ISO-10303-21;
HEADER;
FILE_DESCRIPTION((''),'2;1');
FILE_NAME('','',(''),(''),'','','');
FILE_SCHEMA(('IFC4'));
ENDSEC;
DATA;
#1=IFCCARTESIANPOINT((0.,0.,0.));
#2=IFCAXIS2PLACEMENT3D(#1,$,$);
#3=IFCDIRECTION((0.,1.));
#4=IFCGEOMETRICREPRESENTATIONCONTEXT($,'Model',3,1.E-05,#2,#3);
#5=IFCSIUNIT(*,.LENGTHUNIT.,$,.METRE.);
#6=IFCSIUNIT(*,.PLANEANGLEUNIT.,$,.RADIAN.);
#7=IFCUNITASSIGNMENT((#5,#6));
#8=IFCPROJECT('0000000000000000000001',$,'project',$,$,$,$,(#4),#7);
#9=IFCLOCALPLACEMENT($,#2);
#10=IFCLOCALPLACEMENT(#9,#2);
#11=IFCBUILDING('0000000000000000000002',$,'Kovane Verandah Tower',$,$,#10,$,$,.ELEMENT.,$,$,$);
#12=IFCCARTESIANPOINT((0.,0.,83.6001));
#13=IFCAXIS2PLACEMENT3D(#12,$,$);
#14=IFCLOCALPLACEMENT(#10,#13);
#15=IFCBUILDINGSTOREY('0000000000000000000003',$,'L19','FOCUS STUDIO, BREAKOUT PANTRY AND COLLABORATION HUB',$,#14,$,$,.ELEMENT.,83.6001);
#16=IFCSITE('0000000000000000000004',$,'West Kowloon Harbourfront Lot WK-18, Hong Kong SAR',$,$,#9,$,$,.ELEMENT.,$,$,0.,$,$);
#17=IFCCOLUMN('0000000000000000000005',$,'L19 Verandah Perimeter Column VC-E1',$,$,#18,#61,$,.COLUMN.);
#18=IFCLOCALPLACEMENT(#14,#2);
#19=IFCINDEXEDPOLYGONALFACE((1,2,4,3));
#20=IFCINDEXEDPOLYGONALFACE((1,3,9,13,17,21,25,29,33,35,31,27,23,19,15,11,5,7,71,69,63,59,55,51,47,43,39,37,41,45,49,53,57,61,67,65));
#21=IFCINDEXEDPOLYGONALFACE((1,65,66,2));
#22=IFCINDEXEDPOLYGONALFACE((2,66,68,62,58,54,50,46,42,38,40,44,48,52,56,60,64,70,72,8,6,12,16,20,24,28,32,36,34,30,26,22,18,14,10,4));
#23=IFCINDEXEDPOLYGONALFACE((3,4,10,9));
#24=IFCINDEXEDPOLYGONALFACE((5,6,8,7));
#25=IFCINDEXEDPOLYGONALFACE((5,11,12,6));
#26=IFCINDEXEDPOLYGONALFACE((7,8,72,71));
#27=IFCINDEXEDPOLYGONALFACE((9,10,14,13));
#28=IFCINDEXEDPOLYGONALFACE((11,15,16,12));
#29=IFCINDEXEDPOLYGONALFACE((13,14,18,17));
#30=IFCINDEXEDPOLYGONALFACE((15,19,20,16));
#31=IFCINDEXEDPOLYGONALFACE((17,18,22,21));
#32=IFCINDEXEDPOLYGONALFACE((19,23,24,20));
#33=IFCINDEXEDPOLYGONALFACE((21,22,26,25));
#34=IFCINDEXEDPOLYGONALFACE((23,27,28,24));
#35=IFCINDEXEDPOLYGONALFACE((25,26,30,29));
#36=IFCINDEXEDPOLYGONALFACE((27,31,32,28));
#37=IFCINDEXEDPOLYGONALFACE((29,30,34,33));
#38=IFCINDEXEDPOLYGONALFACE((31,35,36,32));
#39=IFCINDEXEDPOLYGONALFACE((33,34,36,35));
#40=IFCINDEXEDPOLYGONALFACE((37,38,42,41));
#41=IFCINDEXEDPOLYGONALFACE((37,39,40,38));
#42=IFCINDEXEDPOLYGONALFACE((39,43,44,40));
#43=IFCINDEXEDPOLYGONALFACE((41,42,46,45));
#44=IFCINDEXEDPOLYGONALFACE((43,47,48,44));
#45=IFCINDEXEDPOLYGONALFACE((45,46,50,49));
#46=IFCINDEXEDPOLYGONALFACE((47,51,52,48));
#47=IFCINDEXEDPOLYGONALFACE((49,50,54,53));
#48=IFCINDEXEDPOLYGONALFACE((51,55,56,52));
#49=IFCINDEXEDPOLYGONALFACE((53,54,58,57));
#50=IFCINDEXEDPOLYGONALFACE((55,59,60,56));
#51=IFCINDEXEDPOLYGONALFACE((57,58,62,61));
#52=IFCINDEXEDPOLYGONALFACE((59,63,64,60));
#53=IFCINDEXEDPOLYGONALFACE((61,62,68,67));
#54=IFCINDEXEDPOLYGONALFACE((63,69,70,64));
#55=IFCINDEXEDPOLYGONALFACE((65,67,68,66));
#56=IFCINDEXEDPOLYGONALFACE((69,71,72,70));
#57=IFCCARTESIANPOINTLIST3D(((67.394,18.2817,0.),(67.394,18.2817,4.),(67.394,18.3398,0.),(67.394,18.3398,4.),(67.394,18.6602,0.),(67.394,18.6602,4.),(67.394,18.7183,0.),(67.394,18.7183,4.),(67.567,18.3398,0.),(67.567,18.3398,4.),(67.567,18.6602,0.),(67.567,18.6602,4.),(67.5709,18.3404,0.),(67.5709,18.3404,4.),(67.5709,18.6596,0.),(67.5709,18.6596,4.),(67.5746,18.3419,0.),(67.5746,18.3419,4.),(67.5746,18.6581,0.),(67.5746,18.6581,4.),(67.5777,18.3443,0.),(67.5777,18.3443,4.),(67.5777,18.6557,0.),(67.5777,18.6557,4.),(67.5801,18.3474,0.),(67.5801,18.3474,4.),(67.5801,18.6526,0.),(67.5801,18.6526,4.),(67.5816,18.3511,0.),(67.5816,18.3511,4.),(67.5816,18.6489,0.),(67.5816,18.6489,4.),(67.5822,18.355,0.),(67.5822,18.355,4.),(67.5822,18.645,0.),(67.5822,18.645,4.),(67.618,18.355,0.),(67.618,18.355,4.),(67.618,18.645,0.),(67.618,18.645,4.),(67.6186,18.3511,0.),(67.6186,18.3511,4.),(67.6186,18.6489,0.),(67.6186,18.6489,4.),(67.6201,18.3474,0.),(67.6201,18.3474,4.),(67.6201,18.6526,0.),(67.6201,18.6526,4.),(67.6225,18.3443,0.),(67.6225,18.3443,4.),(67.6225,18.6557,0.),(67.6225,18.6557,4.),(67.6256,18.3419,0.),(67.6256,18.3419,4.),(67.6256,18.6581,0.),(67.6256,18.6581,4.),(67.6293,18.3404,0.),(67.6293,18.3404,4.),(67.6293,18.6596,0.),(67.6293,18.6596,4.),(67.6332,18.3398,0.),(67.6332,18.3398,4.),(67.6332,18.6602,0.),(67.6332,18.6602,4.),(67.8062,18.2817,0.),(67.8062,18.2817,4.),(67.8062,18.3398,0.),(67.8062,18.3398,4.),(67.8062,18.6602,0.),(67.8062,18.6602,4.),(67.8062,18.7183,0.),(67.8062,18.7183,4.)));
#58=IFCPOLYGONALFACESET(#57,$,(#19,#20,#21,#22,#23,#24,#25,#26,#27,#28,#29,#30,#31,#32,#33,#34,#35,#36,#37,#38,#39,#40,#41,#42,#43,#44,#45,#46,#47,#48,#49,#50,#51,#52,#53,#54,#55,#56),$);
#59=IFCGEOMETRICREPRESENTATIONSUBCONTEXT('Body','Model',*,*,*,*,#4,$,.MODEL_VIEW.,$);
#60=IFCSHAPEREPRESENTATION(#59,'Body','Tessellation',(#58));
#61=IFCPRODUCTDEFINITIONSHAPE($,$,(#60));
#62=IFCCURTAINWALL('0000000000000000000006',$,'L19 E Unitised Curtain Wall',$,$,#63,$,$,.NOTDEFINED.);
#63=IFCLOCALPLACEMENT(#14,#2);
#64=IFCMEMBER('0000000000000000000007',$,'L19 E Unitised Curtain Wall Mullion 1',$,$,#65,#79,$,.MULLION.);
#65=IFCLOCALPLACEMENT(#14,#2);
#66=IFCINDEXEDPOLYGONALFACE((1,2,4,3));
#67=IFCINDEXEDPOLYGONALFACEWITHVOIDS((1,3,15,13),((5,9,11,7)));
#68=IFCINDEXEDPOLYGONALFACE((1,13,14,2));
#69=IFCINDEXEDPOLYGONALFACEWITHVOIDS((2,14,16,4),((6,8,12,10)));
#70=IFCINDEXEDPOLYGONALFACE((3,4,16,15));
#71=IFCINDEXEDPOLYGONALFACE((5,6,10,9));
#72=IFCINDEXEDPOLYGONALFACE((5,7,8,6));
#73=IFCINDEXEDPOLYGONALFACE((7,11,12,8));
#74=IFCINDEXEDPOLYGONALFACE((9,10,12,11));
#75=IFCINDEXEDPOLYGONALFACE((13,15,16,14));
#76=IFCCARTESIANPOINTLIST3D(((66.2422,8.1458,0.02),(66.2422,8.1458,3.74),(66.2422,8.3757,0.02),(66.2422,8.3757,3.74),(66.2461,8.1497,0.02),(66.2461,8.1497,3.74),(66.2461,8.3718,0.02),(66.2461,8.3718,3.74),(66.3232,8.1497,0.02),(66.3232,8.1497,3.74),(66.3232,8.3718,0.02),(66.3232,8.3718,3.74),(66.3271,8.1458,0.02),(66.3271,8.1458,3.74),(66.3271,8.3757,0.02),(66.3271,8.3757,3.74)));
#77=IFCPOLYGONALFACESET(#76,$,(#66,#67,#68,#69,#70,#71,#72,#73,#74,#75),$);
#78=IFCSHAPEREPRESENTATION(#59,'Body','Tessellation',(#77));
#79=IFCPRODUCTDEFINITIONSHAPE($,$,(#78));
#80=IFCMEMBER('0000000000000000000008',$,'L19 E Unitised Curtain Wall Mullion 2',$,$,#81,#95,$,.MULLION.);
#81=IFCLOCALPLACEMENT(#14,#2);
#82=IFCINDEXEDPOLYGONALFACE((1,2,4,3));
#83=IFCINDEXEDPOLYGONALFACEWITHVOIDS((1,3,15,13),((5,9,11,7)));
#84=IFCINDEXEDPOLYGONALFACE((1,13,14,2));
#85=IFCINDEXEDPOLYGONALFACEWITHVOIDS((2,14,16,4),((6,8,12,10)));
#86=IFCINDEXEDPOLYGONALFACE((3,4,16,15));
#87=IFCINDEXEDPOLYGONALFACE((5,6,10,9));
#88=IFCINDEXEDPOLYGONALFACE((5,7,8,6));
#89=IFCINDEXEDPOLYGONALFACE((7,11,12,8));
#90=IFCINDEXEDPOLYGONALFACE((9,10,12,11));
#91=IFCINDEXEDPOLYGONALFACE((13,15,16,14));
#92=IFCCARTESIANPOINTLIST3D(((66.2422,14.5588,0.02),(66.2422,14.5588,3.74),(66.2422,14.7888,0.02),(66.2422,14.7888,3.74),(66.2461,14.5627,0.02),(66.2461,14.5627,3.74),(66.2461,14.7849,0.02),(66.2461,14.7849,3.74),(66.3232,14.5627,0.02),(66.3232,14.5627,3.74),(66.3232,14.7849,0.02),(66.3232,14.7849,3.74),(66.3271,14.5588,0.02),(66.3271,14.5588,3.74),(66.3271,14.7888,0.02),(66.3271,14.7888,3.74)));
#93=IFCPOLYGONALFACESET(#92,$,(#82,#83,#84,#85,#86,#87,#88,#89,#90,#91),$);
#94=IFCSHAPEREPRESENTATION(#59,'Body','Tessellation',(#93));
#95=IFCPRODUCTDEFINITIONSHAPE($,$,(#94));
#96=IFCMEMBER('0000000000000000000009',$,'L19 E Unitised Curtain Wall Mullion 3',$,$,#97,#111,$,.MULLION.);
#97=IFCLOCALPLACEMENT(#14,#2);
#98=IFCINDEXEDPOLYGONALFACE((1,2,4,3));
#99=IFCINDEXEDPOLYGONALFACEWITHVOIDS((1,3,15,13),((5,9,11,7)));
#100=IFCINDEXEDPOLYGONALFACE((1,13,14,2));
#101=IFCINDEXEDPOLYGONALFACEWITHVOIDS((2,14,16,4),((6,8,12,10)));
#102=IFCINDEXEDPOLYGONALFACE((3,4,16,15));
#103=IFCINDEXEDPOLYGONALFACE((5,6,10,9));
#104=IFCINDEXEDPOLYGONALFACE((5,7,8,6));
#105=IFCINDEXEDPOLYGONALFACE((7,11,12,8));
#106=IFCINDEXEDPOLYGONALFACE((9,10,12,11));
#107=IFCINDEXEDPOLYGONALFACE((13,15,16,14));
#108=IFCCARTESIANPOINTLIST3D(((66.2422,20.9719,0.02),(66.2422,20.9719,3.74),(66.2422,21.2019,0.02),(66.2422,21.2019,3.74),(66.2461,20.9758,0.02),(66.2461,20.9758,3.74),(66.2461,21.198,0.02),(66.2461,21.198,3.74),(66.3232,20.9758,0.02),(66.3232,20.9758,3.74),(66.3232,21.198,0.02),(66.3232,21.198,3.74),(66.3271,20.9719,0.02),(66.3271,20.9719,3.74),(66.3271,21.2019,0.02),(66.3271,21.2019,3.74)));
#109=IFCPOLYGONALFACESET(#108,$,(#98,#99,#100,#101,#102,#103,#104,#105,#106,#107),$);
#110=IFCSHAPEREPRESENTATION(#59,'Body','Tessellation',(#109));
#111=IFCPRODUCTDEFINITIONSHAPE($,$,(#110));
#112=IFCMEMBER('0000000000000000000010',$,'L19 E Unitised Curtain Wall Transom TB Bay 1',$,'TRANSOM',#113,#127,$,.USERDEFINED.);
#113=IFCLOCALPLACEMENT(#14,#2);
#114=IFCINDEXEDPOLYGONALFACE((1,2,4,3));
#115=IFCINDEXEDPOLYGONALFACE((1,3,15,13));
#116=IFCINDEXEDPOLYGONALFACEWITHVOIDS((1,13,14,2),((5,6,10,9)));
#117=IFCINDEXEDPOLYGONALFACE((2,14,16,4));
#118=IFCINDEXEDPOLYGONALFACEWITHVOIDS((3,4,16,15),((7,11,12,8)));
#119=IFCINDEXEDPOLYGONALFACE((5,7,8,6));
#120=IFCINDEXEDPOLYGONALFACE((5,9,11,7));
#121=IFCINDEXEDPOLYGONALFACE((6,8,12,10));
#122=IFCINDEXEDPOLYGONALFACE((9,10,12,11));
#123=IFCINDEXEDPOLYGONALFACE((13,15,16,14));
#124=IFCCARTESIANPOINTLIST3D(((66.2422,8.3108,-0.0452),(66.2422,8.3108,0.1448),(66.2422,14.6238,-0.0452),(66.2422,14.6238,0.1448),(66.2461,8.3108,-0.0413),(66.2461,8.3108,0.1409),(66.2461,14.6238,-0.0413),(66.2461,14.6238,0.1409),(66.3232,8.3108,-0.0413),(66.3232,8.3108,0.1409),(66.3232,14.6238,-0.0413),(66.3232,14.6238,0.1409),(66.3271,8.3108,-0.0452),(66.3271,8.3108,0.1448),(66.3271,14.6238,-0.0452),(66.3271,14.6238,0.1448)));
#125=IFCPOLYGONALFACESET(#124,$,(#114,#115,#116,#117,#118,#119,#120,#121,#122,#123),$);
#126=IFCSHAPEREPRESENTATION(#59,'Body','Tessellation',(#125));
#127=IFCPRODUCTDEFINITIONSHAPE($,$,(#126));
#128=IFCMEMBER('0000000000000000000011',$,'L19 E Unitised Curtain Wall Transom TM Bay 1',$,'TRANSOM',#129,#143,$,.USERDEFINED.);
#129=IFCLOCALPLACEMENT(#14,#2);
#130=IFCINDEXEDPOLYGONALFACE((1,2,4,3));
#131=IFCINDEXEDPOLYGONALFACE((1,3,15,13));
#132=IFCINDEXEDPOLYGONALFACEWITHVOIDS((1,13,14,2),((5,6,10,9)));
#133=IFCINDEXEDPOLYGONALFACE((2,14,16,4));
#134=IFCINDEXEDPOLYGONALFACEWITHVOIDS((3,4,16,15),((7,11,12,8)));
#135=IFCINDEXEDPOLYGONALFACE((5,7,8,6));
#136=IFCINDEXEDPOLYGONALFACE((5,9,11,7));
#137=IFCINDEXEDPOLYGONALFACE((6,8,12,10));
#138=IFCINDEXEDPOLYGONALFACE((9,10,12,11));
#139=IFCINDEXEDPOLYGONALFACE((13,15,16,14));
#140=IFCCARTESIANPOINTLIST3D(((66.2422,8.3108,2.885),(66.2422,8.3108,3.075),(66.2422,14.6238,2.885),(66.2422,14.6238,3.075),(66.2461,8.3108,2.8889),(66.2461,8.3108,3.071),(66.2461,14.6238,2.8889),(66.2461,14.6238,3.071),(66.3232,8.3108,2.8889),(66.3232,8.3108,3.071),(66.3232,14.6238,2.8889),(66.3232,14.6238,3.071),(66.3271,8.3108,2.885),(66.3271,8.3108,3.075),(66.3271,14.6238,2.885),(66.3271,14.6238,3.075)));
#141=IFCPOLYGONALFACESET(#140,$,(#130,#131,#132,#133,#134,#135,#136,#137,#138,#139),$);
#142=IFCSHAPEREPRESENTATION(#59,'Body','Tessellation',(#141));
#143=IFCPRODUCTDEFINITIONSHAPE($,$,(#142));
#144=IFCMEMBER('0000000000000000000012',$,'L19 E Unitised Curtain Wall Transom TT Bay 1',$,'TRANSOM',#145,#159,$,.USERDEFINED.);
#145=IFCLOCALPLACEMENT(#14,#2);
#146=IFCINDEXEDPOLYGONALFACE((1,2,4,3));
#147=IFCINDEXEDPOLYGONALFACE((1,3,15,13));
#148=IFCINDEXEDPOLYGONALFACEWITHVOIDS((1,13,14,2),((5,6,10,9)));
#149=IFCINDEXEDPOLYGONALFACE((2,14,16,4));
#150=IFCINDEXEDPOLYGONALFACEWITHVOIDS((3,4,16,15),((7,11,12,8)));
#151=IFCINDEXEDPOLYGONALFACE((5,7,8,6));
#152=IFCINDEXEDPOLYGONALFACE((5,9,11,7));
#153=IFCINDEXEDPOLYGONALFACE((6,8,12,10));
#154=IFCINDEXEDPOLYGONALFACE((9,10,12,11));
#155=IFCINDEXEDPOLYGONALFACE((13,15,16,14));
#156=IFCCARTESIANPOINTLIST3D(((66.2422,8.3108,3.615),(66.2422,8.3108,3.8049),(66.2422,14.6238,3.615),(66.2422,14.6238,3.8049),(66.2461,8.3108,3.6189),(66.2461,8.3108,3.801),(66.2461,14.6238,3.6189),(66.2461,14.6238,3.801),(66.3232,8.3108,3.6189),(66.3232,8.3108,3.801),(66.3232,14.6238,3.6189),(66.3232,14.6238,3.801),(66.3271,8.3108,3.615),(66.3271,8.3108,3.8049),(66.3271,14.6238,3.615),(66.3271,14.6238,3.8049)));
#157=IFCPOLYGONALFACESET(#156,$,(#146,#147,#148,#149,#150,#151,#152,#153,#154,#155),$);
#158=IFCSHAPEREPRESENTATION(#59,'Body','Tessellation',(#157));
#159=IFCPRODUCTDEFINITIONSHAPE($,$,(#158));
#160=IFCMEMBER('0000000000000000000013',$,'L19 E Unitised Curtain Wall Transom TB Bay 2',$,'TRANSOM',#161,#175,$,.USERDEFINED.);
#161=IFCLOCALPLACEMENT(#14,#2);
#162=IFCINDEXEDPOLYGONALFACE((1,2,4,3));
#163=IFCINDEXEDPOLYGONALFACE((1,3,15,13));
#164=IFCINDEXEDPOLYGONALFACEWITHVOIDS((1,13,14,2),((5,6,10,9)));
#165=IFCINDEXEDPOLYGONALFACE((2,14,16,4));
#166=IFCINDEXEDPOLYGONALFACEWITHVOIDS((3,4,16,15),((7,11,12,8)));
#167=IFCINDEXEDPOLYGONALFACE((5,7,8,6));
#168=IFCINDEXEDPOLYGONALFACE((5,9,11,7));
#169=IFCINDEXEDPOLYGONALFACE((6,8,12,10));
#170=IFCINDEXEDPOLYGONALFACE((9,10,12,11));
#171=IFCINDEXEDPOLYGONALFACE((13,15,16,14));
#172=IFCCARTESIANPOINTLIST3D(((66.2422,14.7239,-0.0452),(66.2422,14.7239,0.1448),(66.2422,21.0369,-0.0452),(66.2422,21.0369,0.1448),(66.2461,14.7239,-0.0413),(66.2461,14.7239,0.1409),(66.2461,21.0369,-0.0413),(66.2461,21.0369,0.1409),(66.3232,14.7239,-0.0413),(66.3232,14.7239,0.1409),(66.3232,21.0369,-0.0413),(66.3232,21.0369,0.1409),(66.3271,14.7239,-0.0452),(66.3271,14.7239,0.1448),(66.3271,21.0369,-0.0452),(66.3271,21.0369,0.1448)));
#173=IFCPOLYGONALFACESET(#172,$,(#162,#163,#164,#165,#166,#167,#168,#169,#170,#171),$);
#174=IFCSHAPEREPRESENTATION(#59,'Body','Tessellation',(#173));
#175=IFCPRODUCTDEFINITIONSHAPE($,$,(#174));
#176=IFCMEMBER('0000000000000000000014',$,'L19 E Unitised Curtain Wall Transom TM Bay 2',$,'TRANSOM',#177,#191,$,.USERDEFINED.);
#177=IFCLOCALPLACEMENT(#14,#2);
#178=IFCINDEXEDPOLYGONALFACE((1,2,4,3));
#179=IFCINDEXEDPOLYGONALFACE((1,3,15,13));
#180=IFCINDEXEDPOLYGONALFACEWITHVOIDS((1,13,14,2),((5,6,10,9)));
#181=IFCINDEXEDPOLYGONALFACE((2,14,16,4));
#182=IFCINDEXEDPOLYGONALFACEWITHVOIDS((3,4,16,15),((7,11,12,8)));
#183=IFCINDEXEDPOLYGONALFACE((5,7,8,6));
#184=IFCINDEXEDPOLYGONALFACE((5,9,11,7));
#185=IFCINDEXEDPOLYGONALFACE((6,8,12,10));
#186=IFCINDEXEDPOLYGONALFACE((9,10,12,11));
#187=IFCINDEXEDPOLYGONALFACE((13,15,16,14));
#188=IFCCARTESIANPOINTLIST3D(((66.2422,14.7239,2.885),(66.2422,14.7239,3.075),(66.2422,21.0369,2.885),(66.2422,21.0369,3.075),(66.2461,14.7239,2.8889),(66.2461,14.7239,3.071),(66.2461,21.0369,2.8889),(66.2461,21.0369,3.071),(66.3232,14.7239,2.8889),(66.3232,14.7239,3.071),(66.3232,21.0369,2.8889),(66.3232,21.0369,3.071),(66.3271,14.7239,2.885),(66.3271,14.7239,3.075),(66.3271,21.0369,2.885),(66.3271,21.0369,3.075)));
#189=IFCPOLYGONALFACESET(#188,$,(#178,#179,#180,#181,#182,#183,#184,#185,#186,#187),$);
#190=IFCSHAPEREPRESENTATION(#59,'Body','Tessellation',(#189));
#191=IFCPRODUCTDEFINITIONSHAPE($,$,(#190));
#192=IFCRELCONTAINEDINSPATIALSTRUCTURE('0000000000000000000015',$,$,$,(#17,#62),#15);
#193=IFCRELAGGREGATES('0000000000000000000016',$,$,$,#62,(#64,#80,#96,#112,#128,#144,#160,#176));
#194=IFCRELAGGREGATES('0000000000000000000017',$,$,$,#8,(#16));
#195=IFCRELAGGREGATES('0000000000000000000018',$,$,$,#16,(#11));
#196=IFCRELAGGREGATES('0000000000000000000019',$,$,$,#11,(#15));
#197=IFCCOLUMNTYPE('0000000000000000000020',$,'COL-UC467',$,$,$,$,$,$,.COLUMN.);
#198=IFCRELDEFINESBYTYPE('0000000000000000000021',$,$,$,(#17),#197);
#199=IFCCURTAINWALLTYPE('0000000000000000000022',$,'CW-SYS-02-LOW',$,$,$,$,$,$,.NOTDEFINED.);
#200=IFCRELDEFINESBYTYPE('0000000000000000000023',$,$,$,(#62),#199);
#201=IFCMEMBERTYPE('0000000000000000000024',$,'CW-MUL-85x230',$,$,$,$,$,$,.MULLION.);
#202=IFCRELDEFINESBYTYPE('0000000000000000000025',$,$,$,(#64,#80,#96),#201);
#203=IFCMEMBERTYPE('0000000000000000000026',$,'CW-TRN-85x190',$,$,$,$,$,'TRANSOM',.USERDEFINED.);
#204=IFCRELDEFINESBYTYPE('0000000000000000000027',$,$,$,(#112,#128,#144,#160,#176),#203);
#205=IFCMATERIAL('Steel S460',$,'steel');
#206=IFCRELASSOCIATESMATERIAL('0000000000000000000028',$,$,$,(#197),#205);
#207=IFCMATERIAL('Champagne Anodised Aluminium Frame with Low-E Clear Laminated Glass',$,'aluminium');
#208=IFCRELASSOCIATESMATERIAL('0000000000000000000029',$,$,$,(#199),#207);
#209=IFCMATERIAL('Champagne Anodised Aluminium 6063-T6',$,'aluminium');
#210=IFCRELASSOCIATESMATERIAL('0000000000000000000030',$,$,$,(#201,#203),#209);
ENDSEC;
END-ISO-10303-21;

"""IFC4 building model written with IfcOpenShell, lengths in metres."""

from ifc_helpers import new_model, si_unit, direction, frame, origin, origin_2d, place, context, subcontext, project, spatial, hollow_rectangle, i_section, extrude, material, material_profile, profile_set, type_object, element, aggregate, save


model = new_model("IFC4")

# Units and contexts
model_context = context("Model", 3, precision=1e-05, world=origin(), true_north=direction((0.0, 1.0)))
body_context = subcontext(model_context, "Body", "Model", "MODEL_VIEW")
ifc_project = project(units=[si_unit("LENGTHUNIT", "METRE"), si_unit("PLANEANGLEUNIT", "RADIAN")], contexts=[model_context])

# Site, building, storey
site_placement = place(None, origin())
site = spatial("IfcSite", under=ifc_project, at=site_placement, Name="West Kowloon Harbourfront Lot WK-18, Hong Kong SAR", CompositionType="ELEMENT", RefElevation=0.0)
building_placement = place(site_placement, origin())
building = spatial("IfcBuilding", under=site, at=building_placement, Name="Kovane Verandah Tower", CompositionType="ELEMENT")
storey_placement = place(building_placement, frame((0.0, 0.0, 83.6001)))
storey = spatial("IfcBuildingStorey", under=building, at=storey_placement, Name="L19", Description="FOCUS STUDIO, BREAKOUT PANTRY AND COLLABORATION HUB", CompositionType="ELEMENT", Elevation=83.6001)

# Column
ifc_material_1 = material(Name="Steel S460", Category="steel")
ifc_material_profile_1 = material_profile(ifc_material_1, i_section(OverallWidth=0.4121, OverallDepth=0.4365, WebThickness=0.0359, FlangeThickness=0.0581, FilletRadius=0.0151, at=origin_2d()), Name="UC356x406x467")
ifc_profile_set_1 = profile_set([ifc_material_profile_1], Name="Steel S460")
column_type = type_object("IfcColumnType", Name="COL-UC467", PredefinedType="COLUMN", material=ifc_profile_set_1)
column_placement = place(storey_placement, frame((67.6001, 18.5, 0.0), z_axis=(0.0, 0.0, 1.0), x_axis=(1.0, 0.0, 0.0)))
element("IfcColumn", 1, at=column_placement, inside=storey, type_object=column_type, Name="L19 Verandah Perimeter Column VC-E1", PredefinedType="COLUMN", context=body_context, shape_type="SweptSolid", body=[
    extrude(i_section(OverallWidth=0.4121, OverallDepth=0.4365, WebThickness=0.0359, FlangeThickness=0.0581, FilletRadius=0.0151, at=origin_2d()), origin(), (0.0, 0.0, 1.0), 4.0),
])

# Curtain wall, members
ifc_material_2 = material(Name="Champagne Anodised Aluminium Frame with Low-E Clear Laminated Glass", Category="aluminium")
curtain_wall_type = type_object("IfcCurtainWallType", Name="CW-SYS-02-LOW", PredefinedType="NOTDEFINED", material=ifc_material_2)
curtain_wall_placement = place(storey_placement, origin())
curtain_wall = element("IfcCurtainWall", 2, at=curtain_wall_placement, inside=storey, type_object=curtain_wall_type, Name="L19 E Unitised Curtain Wall", PredefinedType="NOTDEFINED")
ifc_material_3 = material(Name="Champagne Anodised Aluminium 6063-T6", Category="aluminium")
ifc_material_profile_2 = material_profile(ifc_material_3, hollow_rectangle(XDim=0.085, YDim=0.23, WallThickness=0.0039, at=origin_2d()), Name="AL85x230x4")
ifc_profile_set_2 = profile_set([ifc_material_profile_2], Name="Champagne Anodised Aluminium 6063-T6")
member_type_1 = type_object("IfcMemberType", Name="CW-MUL-85x230", PredefinedType="MULLION", material=ifc_profile_set_2)
member_1_placement = place(storey_placement, frame((66.2847, 8.2607, 0.02), z_axis=(0.0, 0.0, 1.0), x_axis=(1.0, 0.0, 0.0)))
member_1 = element("IfcMember", 3, at=member_1_placement, type_object=member_type_1, Name="L19 E Unitised Curtain Wall Mullion 1", PredefinedType="MULLION", context=body_context, shape_type="SweptSolid", body=[
    extrude(hollow_rectangle(XDim=0.085, YDim=0.23, WallThickness=0.0039, at=origin_2d()), origin(), (0.0, 0.0, 1.0), 3.72),
])
member_2_placement = place(storey_placement, frame((66.2847, 14.6738, 0.02), z_axis=(0.0, 0.0, 1.0), x_axis=(1.0, 0.0, 0.0)))
member_2 = element("IfcMember", 4, at=member_2_placement, type_object=member_type_1, Name="L19 E Unitised Curtain Wall Mullion 2", PredefinedType="MULLION", context=body_context, shape_type="SweptSolid", body=[
    extrude(hollow_rectangle(XDim=0.085, YDim=0.23, WallThickness=0.0039, at=origin_2d()), origin(), (0.0, 0.0, 1.0), 3.72),
])
member_3_placement = place(storey_placement, frame((66.2847, 21.0869, 0.02), z_axis=(0.0, 0.0, 1.0), x_axis=(1.0, 0.0, 0.0)))
member_3 = element("IfcMember", 5, at=member_3_placement, type_object=member_type_1, Name="L19 E Unitised Curtain Wall Mullion 3", PredefinedType="MULLION", context=body_context, shape_type="SweptSolid", body=[
    extrude(hollow_rectangle(XDim=0.085, YDim=0.23, WallThickness=0.0039, at=origin_2d()), origin(), (0.0, 0.0, 1.0), 3.72),
])
ifc_material_profile_3 = material_profile(ifc_material_3, hollow_rectangle(XDim=0.085, YDim=0.1899, WallThickness=0.0039, at=origin_2d()), Name="AL85x190x4")
ifc_profile_set_3 = profile_set([ifc_material_profile_3], Name="Champagne Anodised Aluminium 6063-T6")
member_type_2 = type_object("IfcMemberType", Name="CW-TRN-85x190", ElementType="TRANSOM", PredefinedType="USERDEFINED", material=ifc_profile_set_3)
member_4_placement = place(storey_placement, frame((66.2847, 8.3108, 0.0498), z_axis=(0.0, 1.0, 0.0), x_axis=(-1.0, 0.0, 0.0)))
member_4 = element("IfcMember", 6, at=member_4_placement, type_object=member_type_2, Name="L19 E Unitised Curtain Wall Transom TB Bay 1", ObjectType="TRANSOM", PredefinedType="USERDEFINED", context=body_context, shape_type="SweptSolid", body=[
    extrude(hollow_rectangle(XDim=0.085, YDim=0.1899, WallThickness=0.0039, at=origin_2d()), origin(), (0.0, 0.0, 1.0), 6.313),
])
member_5_placement = place(storey_placement, frame((66.2847, 8.3108, 2.98), z_axis=(0.0, 1.0, 0.0), x_axis=(-1.0, 0.0, 0.0)))
member_5 = element("IfcMember", 7, at=member_5_placement, type_object=member_type_2, Name="L19 E Unitised Curtain Wall Transom TM Bay 1", ObjectType="TRANSOM", PredefinedType="USERDEFINED", context=body_context, shape_type="SweptSolid", body=[
    extrude(hollow_rectangle(XDim=0.085, YDim=0.1899, WallThickness=0.0039, at=origin_2d()), origin(), (0.0, 0.0, 1.0), 6.313),
])
member_6_placement = place(storey_placement, frame((66.2847, 8.3108, 3.71), z_axis=(0.0, 1.0, 0.0), x_axis=(-1.0, 0.0, 0.0)))
member_6 = element("IfcMember", 8, at=member_6_placement, type_object=member_type_2, Name="L19 E Unitised Curtain Wall Transom TT Bay 1", ObjectType="TRANSOM", PredefinedType="USERDEFINED", context=body_context, shape_type="SweptSolid", body=[
    extrude(hollow_rectangle(XDim=0.085, YDim=0.1899, WallThickness=0.0039, at=origin_2d()), origin(), (0.0, 0.0, 1.0), 6.313),
])
member_7_placement = place(storey_placement, frame((66.2847, 14.7239, 0.0498), z_axis=(0.0, 1.0, 0.0), x_axis=(-1.0, 0.0, 0.0)))
member_7 = element("IfcMember", 9, at=member_7_placement, type_object=member_type_2, Name="L19 E Unitised Curtain Wall Transom TB Bay 2", ObjectType="TRANSOM", PredefinedType="USERDEFINED", context=body_context, shape_type="SweptSolid", body=[
    extrude(hollow_rectangle(XDim=0.085, YDim=0.1899, WallThickness=0.0039, at=origin_2d()), origin(), (0.0, 0.0, 1.0), 6.313),
])
member_8_placement = place(storey_placement, frame((66.2847, 14.7239, 2.98), z_axis=(0.0, 1.0, 0.0), x_axis=(-1.0, 0.0, 0.0)))
member_8 = element("IfcMember", 10, at=member_8_placement, type_object=member_type_2, Name="L19 E Unitised Curtain Wall Transom TM Bay 2", ObjectType="TRANSOM", PredefinedType="USERDEFINED", context=body_context, shape_type="SweptSolid", body=[
    extrude(hollow_rectangle(XDim=0.085, YDim=0.1899, WallThickness=0.0039, at=origin_2d()), origin(), (0.0, 0.0, 1.0), 6.313),
])

aggregate(curtain_wall, [member_1, member_2, member_3, member_4, member_5, member_6, member_7, member_8])

save(model, "model.ifc")
